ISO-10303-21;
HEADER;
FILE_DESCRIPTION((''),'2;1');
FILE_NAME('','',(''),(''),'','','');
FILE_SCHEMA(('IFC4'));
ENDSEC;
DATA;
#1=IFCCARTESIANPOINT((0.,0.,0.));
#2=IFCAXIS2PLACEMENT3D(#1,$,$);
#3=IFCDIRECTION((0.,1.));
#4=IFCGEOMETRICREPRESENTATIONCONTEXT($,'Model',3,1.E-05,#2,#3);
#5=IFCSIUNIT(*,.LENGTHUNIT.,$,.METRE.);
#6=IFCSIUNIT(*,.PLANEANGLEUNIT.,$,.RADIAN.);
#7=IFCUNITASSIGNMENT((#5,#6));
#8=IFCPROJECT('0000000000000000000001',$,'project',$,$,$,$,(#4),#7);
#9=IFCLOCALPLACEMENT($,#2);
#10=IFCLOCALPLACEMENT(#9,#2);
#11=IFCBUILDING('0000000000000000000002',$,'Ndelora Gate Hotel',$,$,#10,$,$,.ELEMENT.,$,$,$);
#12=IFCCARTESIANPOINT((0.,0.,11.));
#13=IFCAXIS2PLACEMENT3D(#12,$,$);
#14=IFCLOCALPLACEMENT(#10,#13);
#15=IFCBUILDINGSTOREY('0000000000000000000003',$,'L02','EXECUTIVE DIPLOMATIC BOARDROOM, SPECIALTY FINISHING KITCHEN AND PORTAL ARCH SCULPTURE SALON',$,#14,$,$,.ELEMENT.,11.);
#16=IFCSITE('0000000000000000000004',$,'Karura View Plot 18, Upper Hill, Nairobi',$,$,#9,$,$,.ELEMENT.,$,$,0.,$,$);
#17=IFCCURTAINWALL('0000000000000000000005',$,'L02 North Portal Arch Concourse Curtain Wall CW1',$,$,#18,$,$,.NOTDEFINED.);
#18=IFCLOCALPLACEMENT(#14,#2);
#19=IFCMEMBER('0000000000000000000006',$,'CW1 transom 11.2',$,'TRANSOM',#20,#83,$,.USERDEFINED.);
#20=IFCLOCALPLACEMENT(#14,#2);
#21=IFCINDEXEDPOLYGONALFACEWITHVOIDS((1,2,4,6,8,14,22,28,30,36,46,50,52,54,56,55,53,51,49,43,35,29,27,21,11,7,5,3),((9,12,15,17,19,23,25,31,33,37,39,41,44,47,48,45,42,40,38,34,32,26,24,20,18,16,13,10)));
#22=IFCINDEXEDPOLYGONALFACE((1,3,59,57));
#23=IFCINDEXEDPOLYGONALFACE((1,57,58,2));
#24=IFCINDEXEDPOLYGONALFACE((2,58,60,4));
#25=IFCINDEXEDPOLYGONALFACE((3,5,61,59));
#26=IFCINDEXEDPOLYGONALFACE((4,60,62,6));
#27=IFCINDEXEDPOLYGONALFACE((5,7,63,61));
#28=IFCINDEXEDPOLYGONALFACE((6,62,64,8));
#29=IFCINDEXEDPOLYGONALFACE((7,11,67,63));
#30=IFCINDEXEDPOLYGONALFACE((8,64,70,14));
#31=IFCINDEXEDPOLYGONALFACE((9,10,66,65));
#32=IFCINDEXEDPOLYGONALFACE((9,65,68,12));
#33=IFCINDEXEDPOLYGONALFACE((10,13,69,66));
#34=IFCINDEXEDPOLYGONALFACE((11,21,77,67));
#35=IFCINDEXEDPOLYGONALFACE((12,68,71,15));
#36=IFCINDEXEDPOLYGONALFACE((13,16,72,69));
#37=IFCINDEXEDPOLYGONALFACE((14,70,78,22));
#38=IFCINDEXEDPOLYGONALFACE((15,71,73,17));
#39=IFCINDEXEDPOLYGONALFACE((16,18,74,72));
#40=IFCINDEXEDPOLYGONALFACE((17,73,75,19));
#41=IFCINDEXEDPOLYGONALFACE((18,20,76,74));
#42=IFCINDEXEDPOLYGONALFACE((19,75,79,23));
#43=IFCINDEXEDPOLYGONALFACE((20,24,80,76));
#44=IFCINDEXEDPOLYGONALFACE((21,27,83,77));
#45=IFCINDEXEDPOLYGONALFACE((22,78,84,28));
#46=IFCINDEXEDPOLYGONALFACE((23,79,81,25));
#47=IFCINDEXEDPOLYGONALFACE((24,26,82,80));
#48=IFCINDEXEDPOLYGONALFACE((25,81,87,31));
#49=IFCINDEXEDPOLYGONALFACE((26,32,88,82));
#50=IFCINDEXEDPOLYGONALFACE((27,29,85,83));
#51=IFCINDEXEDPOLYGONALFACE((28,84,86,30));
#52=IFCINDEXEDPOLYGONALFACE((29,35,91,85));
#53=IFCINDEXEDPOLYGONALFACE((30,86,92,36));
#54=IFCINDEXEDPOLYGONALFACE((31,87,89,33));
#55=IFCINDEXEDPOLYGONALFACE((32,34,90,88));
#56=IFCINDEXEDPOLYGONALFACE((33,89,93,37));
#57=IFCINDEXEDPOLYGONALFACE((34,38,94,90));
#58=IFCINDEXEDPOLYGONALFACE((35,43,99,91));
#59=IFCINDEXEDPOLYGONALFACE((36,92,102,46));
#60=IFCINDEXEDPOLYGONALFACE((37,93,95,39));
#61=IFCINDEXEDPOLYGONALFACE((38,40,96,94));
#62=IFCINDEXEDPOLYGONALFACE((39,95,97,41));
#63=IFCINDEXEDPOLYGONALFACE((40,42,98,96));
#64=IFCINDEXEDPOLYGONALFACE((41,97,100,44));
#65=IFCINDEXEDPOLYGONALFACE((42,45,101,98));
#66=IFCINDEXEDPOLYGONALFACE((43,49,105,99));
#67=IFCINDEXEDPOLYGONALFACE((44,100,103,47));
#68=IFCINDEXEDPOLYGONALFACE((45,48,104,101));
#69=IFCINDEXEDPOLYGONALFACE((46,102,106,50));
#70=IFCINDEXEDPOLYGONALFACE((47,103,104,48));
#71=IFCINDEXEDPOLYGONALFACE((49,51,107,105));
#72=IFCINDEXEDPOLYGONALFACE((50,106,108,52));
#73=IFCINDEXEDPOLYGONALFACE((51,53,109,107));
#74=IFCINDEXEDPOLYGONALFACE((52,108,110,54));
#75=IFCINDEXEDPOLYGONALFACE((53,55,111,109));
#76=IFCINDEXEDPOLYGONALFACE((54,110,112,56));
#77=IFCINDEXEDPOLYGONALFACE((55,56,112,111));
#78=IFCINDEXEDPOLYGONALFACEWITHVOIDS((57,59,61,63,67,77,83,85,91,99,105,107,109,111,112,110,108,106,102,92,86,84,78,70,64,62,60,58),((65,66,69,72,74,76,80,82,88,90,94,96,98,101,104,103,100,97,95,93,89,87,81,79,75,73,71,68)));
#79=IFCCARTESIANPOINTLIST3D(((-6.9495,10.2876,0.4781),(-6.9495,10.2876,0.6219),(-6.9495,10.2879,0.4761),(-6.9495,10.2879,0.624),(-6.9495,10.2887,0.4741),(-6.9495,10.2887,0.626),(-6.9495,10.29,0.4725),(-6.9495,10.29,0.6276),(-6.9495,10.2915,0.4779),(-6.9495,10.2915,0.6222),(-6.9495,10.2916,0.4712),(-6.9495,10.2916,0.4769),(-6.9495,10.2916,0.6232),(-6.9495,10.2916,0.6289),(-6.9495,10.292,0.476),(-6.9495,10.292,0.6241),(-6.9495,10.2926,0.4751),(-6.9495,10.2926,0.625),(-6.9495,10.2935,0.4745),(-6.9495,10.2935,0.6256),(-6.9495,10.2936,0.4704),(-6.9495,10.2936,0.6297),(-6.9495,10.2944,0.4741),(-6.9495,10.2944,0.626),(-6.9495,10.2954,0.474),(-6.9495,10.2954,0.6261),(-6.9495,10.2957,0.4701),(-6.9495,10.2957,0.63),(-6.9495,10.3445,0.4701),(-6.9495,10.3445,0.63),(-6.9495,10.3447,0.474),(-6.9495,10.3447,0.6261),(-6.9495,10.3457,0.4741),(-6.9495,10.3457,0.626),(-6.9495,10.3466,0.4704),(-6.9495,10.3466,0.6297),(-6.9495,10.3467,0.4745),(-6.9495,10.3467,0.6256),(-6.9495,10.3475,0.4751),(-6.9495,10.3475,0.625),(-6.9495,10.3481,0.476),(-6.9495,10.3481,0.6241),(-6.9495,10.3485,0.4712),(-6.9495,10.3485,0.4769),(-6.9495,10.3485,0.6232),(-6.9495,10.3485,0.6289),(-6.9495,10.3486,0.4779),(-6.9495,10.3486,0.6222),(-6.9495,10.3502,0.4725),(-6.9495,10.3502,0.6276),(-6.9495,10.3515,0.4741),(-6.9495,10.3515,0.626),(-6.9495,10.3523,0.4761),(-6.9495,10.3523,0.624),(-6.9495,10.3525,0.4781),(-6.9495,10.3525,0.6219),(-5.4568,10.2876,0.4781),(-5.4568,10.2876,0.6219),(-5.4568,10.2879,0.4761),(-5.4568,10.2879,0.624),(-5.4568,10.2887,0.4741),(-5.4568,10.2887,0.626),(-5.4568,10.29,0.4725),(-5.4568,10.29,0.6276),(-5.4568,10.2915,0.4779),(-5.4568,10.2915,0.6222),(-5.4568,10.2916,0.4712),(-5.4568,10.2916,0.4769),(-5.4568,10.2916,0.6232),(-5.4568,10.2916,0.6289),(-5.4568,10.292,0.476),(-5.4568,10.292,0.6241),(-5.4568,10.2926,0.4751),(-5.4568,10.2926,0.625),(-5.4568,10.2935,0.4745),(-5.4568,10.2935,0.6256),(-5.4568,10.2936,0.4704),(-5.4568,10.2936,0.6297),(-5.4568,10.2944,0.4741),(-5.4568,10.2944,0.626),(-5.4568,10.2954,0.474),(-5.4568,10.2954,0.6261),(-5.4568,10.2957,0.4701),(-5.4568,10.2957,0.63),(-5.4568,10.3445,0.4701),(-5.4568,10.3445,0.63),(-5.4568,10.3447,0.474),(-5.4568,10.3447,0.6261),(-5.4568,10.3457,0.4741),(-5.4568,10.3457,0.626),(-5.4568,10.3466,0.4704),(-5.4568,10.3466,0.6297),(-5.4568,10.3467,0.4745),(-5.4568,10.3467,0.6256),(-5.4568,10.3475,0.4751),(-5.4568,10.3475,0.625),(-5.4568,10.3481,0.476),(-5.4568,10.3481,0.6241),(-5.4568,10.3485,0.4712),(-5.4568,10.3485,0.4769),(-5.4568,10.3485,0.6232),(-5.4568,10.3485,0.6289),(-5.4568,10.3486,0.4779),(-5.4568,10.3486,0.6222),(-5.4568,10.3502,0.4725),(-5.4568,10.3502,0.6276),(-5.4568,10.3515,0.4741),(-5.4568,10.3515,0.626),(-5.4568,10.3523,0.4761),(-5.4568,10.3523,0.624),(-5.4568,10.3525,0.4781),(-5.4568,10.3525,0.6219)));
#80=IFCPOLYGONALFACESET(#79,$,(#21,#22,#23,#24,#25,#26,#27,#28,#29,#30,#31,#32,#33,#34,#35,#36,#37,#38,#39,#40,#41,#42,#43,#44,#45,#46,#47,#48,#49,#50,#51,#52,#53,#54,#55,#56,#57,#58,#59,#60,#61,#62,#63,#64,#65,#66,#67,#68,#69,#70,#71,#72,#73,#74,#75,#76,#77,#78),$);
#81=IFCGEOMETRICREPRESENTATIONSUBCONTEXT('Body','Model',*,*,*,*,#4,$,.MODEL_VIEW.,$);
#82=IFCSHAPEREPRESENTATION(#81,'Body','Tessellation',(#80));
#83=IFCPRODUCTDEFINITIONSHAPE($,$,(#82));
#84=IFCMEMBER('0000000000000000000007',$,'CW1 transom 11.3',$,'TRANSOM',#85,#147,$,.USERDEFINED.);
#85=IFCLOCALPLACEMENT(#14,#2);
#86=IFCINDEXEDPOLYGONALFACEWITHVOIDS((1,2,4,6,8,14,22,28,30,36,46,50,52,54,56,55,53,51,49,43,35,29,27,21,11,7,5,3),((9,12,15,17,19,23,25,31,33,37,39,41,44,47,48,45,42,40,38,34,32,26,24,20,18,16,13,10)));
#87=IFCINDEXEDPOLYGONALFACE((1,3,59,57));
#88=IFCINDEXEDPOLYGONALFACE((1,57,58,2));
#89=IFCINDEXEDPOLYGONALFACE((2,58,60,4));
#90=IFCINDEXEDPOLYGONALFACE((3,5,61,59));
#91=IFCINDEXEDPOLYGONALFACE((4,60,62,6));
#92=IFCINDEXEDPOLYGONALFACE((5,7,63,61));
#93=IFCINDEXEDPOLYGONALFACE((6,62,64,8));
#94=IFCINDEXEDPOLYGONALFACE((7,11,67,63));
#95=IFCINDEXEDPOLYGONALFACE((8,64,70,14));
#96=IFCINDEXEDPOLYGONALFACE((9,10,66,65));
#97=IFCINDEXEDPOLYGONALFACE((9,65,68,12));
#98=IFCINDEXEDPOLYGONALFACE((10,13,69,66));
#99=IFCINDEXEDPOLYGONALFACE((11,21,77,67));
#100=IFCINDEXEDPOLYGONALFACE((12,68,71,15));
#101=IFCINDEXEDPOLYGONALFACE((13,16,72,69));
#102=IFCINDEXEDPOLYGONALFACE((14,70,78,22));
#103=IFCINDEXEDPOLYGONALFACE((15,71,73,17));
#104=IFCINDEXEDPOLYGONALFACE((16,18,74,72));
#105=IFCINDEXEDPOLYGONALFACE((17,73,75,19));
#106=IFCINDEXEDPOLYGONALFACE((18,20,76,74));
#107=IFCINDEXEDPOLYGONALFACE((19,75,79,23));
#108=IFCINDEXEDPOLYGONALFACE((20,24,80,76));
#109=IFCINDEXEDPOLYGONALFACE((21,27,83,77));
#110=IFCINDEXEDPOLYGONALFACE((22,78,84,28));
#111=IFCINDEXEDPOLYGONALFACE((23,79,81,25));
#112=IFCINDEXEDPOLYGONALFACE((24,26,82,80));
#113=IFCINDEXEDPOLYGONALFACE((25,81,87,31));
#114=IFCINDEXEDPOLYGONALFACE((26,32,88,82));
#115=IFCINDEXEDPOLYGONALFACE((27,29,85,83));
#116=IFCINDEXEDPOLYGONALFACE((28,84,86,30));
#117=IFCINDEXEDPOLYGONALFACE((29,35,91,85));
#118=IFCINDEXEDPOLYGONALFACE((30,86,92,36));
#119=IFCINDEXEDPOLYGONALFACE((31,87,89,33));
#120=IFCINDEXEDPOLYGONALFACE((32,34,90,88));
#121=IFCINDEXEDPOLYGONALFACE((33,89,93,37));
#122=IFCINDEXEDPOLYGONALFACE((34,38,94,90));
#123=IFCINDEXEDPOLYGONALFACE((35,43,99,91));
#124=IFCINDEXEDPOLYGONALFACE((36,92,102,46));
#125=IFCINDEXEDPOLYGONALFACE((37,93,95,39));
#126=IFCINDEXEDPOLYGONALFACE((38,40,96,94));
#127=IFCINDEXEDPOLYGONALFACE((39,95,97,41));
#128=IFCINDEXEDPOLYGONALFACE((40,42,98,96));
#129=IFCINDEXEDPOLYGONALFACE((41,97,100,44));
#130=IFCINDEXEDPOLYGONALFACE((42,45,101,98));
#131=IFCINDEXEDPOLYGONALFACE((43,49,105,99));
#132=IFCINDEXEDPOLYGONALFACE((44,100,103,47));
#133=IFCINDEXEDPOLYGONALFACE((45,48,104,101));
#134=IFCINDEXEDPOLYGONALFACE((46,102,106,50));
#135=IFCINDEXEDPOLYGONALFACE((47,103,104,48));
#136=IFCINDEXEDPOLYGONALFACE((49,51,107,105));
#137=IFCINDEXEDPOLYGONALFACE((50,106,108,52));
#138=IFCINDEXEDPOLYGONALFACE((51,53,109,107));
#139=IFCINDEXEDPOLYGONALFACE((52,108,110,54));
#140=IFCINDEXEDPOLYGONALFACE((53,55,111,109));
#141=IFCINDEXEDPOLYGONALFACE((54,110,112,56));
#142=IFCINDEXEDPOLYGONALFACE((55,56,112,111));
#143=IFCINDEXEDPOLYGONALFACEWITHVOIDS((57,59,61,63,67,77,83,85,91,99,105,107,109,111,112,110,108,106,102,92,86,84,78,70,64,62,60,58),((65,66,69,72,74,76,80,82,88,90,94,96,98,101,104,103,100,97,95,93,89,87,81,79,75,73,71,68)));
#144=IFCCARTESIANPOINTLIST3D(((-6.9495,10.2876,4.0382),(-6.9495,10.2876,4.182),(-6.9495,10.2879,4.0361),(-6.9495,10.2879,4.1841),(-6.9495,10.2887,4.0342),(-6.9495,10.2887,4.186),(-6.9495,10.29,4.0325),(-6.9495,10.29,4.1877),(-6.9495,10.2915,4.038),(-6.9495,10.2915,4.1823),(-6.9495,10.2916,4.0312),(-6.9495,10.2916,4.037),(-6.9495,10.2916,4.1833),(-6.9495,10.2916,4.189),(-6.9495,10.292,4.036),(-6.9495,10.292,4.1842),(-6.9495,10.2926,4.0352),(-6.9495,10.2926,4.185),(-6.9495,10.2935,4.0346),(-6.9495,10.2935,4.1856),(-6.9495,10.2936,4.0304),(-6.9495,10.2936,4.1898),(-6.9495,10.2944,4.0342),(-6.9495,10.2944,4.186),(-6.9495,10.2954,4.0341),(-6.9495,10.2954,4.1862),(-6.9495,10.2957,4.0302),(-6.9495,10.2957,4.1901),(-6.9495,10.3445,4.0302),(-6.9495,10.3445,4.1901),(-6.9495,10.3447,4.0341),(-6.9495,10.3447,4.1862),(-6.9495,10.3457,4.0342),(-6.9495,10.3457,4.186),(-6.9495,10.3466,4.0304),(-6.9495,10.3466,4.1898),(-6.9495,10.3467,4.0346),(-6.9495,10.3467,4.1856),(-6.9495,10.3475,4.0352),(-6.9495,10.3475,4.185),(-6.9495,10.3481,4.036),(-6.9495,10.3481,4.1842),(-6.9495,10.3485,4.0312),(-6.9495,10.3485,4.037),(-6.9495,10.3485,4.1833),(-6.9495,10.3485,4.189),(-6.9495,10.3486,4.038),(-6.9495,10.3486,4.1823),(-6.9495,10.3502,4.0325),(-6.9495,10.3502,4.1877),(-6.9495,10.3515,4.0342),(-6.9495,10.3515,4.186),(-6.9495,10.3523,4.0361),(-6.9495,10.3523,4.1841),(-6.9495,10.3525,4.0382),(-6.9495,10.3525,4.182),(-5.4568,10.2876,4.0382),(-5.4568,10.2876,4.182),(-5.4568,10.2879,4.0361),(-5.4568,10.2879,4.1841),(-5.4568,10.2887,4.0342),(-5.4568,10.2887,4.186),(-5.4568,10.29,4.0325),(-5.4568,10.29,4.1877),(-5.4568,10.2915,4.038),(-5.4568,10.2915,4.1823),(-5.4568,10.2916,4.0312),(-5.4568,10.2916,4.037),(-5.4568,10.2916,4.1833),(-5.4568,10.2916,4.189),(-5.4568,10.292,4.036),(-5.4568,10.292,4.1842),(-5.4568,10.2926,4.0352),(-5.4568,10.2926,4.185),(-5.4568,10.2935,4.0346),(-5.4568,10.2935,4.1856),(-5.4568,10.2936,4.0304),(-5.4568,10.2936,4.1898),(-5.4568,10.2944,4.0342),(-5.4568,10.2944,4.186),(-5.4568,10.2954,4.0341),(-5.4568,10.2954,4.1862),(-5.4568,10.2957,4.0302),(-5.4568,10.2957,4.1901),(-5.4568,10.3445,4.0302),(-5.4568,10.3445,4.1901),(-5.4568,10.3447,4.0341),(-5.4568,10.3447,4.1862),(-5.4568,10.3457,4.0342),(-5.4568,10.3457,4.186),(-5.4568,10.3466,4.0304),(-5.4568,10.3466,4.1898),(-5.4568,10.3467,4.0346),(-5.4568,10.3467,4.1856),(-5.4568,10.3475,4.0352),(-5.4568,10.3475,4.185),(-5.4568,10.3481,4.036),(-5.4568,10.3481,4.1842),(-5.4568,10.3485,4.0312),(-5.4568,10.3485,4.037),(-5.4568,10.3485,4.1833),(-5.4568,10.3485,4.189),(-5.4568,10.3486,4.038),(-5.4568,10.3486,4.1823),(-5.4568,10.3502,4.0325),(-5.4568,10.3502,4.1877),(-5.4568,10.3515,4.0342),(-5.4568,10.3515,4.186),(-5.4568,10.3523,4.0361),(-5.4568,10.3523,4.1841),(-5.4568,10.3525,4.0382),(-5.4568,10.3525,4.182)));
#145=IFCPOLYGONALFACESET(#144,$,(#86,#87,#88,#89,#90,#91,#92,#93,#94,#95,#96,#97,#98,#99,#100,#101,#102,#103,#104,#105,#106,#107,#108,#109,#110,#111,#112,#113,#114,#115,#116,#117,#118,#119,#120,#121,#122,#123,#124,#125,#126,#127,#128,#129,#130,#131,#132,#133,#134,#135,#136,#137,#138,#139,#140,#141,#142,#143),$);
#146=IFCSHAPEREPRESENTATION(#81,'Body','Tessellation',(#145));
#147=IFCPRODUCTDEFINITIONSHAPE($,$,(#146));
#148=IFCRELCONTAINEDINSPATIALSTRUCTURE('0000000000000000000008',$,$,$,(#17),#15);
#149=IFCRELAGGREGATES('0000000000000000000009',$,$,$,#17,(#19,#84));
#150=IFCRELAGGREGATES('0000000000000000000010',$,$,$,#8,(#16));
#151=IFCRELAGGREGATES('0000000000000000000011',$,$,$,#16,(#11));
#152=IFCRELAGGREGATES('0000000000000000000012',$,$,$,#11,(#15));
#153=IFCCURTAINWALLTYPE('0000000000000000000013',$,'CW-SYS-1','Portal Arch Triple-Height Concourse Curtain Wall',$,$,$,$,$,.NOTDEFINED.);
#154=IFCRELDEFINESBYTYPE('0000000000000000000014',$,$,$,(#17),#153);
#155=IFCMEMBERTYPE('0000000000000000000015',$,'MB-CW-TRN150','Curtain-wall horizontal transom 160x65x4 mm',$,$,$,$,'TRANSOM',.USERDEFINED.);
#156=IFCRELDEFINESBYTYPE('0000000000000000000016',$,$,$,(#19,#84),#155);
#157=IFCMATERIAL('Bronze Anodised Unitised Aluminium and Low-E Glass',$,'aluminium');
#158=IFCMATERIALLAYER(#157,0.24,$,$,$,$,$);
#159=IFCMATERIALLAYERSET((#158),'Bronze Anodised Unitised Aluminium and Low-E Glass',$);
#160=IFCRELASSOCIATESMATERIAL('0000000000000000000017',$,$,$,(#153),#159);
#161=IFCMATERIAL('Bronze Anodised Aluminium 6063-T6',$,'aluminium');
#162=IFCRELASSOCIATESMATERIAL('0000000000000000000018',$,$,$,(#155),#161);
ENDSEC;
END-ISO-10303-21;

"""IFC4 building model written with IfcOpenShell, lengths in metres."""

from ifc_helpers import new_model, si_unit, direction, frame, origin, origin_2d, place, context, subcontext, project, spatial, hollow_rectangle, extrude, material, layer, layer_set, material_profile, profile_set, type_object, element, aggregate, save


model = new_model("IFC4")

# Units and contexts
model_context = context("Model", 3, precision=1e-05, world=origin(), true_north=direction((0.0, 1.0)))
body_context = subcontext(model_context, "Body", "Model", "MODEL_VIEW")
ifc_project = project(units=[si_unit("LENGTHUNIT", "METRE"), si_unit("PLANEANGLEUNIT", "RADIAN")], contexts=[model_context])

# Site, building, storey
site_placement = place(None, origin())
site = spatial("IfcSite", under=ifc_project, at=site_placement, Name="Karura View Plot 18, Upper Hill, Nairobi", CompositionType="ELEMENT", RefElevation=0.0)
building_placement = place(site_placement, origin())
building = spatial("IfcBuilding", under=site, at=building_placement, Name="Ndelora Gate Hotel", CompositionType="ELEMENT")
storey_placement = place(building_placement, frame((0.0, 0.0, 11.0)))
storey = spatial("IfcBuildingStorey", under=building, at=storey_placement, Name="L02", Description="EXECUTIVE DIPLOMATIC BOARDROOM, SPECIALTY FINISHING KITCHEN AND PORTAL ARCH SCULPTURE SALON", CompositionType="ELEMENT", Elevation=11.0)

# Curtain wall, members
ifc_material_1 = material(Name="Bronze Anodised Unitised Aluminium and Low-E Glass", Category="aluminium")
ifc_layer_1 = layer(ifc_material_1, 0.24)
ifc_layer_set_1 = layer_set([ifc_layer_1], Name="Bronze Anodised Unitised Aluminium and Low-E Glass")
curtain_wall_type = type_object("IfcCurtainWallType", Name="CW-SYS-1", Description="Portal Arch Triple-Height Concourse Curtain Wall", PredefinedType="NOTDEFINED", material=ifc_layer_set_1)
curtain_wall_placement = place(storey_placement, origin())
curtain_wall = element("IfcCurtainWall", 1, at=curtain_wall_placement, inside=storey, type_object=curtain_wall_type, Name="L02 North Portal Arch Concourse Curtain Wall CW1", PredefinedType="NOTDEFINED")
ifc_material_2 = material(Name="Bronze Anodised Aluminium 6063-T6", Category="aluminium")
ifc_material_profile_1 = material_profile(ifc_material_2, hollow_rectangle(XDim=0.0649, YDim=0.1599, WallThickness=0.0039, InnerFilletRadius=0.0039, OuterFilletRadius=0.0081, at=origin_2d()), Name="ALU 160x65x4")
ifc_profile_set_1 = profile_set([ifc_material_profile_1], Name="Bronze Anodised Aluminium 6063-T6")
member_type_1 = type_object("IfcMemberType", Name="MB-CW-TRN150", Description="Curtain-wall horizontal transom 160x65x4 mm", ElementType="TRANSOM", PredefinedType="USERDEFINED", material=ifc_profile_set_1)
member_1_placement = place(storey_placement, frame((-5.4568, 10.3201, 0.55), z_axis=(-1.0, 0.0, 0.0), x_axis=(0.0, -1.0, 0.0)))
member_1 = element("IfcMember", 2, at=member_1_placement, type_object=member_type_1, Name="CW1 transom 11.2", ObjectType="TRANSOM", PredefinedType="USERDEFINED", context=body_context, shape_type="SweptSolid", body=[
    extrude(hollow_rectangle(XDim=0.0649, YDim=0.1599, WallThickness=0.0039, InnerFilletRadius=0.0039, OuterFilletRadius=0.0081, at=origin_2d()), origin(), (0.0, 0.0, 1.0), 1.4927),
])
member_2_placement = place(storey_placement, frame((-5.4568, 10.3201, 4.1101), z_axis=(-1.0, 0.0, 0.0), x_axis=(0.0, -1.0, 0.0)))
member_2 = element("IfcMember", 3, at=member_2_placement, type_object=member_type_1, Name="CW1 transom 11.3", ObjectType="TRANSOM", PredefinedType="USERDEFINED", context=body_context, shape_type="SweptSolid", body=[
    extrude(hollow_rectangle(XDim=0.0649, YDim=0.1599, WallThickness=0.0039, InnerFilletRadius=0.0039, OuterFilletRadius=0.0081, at=origin_2d()), origin(), (0.0, 0.0, 1.0), 1.4927),
])
aggregate(curtain_wall, [member_1, member_2])

save(model, "model.ifc")
